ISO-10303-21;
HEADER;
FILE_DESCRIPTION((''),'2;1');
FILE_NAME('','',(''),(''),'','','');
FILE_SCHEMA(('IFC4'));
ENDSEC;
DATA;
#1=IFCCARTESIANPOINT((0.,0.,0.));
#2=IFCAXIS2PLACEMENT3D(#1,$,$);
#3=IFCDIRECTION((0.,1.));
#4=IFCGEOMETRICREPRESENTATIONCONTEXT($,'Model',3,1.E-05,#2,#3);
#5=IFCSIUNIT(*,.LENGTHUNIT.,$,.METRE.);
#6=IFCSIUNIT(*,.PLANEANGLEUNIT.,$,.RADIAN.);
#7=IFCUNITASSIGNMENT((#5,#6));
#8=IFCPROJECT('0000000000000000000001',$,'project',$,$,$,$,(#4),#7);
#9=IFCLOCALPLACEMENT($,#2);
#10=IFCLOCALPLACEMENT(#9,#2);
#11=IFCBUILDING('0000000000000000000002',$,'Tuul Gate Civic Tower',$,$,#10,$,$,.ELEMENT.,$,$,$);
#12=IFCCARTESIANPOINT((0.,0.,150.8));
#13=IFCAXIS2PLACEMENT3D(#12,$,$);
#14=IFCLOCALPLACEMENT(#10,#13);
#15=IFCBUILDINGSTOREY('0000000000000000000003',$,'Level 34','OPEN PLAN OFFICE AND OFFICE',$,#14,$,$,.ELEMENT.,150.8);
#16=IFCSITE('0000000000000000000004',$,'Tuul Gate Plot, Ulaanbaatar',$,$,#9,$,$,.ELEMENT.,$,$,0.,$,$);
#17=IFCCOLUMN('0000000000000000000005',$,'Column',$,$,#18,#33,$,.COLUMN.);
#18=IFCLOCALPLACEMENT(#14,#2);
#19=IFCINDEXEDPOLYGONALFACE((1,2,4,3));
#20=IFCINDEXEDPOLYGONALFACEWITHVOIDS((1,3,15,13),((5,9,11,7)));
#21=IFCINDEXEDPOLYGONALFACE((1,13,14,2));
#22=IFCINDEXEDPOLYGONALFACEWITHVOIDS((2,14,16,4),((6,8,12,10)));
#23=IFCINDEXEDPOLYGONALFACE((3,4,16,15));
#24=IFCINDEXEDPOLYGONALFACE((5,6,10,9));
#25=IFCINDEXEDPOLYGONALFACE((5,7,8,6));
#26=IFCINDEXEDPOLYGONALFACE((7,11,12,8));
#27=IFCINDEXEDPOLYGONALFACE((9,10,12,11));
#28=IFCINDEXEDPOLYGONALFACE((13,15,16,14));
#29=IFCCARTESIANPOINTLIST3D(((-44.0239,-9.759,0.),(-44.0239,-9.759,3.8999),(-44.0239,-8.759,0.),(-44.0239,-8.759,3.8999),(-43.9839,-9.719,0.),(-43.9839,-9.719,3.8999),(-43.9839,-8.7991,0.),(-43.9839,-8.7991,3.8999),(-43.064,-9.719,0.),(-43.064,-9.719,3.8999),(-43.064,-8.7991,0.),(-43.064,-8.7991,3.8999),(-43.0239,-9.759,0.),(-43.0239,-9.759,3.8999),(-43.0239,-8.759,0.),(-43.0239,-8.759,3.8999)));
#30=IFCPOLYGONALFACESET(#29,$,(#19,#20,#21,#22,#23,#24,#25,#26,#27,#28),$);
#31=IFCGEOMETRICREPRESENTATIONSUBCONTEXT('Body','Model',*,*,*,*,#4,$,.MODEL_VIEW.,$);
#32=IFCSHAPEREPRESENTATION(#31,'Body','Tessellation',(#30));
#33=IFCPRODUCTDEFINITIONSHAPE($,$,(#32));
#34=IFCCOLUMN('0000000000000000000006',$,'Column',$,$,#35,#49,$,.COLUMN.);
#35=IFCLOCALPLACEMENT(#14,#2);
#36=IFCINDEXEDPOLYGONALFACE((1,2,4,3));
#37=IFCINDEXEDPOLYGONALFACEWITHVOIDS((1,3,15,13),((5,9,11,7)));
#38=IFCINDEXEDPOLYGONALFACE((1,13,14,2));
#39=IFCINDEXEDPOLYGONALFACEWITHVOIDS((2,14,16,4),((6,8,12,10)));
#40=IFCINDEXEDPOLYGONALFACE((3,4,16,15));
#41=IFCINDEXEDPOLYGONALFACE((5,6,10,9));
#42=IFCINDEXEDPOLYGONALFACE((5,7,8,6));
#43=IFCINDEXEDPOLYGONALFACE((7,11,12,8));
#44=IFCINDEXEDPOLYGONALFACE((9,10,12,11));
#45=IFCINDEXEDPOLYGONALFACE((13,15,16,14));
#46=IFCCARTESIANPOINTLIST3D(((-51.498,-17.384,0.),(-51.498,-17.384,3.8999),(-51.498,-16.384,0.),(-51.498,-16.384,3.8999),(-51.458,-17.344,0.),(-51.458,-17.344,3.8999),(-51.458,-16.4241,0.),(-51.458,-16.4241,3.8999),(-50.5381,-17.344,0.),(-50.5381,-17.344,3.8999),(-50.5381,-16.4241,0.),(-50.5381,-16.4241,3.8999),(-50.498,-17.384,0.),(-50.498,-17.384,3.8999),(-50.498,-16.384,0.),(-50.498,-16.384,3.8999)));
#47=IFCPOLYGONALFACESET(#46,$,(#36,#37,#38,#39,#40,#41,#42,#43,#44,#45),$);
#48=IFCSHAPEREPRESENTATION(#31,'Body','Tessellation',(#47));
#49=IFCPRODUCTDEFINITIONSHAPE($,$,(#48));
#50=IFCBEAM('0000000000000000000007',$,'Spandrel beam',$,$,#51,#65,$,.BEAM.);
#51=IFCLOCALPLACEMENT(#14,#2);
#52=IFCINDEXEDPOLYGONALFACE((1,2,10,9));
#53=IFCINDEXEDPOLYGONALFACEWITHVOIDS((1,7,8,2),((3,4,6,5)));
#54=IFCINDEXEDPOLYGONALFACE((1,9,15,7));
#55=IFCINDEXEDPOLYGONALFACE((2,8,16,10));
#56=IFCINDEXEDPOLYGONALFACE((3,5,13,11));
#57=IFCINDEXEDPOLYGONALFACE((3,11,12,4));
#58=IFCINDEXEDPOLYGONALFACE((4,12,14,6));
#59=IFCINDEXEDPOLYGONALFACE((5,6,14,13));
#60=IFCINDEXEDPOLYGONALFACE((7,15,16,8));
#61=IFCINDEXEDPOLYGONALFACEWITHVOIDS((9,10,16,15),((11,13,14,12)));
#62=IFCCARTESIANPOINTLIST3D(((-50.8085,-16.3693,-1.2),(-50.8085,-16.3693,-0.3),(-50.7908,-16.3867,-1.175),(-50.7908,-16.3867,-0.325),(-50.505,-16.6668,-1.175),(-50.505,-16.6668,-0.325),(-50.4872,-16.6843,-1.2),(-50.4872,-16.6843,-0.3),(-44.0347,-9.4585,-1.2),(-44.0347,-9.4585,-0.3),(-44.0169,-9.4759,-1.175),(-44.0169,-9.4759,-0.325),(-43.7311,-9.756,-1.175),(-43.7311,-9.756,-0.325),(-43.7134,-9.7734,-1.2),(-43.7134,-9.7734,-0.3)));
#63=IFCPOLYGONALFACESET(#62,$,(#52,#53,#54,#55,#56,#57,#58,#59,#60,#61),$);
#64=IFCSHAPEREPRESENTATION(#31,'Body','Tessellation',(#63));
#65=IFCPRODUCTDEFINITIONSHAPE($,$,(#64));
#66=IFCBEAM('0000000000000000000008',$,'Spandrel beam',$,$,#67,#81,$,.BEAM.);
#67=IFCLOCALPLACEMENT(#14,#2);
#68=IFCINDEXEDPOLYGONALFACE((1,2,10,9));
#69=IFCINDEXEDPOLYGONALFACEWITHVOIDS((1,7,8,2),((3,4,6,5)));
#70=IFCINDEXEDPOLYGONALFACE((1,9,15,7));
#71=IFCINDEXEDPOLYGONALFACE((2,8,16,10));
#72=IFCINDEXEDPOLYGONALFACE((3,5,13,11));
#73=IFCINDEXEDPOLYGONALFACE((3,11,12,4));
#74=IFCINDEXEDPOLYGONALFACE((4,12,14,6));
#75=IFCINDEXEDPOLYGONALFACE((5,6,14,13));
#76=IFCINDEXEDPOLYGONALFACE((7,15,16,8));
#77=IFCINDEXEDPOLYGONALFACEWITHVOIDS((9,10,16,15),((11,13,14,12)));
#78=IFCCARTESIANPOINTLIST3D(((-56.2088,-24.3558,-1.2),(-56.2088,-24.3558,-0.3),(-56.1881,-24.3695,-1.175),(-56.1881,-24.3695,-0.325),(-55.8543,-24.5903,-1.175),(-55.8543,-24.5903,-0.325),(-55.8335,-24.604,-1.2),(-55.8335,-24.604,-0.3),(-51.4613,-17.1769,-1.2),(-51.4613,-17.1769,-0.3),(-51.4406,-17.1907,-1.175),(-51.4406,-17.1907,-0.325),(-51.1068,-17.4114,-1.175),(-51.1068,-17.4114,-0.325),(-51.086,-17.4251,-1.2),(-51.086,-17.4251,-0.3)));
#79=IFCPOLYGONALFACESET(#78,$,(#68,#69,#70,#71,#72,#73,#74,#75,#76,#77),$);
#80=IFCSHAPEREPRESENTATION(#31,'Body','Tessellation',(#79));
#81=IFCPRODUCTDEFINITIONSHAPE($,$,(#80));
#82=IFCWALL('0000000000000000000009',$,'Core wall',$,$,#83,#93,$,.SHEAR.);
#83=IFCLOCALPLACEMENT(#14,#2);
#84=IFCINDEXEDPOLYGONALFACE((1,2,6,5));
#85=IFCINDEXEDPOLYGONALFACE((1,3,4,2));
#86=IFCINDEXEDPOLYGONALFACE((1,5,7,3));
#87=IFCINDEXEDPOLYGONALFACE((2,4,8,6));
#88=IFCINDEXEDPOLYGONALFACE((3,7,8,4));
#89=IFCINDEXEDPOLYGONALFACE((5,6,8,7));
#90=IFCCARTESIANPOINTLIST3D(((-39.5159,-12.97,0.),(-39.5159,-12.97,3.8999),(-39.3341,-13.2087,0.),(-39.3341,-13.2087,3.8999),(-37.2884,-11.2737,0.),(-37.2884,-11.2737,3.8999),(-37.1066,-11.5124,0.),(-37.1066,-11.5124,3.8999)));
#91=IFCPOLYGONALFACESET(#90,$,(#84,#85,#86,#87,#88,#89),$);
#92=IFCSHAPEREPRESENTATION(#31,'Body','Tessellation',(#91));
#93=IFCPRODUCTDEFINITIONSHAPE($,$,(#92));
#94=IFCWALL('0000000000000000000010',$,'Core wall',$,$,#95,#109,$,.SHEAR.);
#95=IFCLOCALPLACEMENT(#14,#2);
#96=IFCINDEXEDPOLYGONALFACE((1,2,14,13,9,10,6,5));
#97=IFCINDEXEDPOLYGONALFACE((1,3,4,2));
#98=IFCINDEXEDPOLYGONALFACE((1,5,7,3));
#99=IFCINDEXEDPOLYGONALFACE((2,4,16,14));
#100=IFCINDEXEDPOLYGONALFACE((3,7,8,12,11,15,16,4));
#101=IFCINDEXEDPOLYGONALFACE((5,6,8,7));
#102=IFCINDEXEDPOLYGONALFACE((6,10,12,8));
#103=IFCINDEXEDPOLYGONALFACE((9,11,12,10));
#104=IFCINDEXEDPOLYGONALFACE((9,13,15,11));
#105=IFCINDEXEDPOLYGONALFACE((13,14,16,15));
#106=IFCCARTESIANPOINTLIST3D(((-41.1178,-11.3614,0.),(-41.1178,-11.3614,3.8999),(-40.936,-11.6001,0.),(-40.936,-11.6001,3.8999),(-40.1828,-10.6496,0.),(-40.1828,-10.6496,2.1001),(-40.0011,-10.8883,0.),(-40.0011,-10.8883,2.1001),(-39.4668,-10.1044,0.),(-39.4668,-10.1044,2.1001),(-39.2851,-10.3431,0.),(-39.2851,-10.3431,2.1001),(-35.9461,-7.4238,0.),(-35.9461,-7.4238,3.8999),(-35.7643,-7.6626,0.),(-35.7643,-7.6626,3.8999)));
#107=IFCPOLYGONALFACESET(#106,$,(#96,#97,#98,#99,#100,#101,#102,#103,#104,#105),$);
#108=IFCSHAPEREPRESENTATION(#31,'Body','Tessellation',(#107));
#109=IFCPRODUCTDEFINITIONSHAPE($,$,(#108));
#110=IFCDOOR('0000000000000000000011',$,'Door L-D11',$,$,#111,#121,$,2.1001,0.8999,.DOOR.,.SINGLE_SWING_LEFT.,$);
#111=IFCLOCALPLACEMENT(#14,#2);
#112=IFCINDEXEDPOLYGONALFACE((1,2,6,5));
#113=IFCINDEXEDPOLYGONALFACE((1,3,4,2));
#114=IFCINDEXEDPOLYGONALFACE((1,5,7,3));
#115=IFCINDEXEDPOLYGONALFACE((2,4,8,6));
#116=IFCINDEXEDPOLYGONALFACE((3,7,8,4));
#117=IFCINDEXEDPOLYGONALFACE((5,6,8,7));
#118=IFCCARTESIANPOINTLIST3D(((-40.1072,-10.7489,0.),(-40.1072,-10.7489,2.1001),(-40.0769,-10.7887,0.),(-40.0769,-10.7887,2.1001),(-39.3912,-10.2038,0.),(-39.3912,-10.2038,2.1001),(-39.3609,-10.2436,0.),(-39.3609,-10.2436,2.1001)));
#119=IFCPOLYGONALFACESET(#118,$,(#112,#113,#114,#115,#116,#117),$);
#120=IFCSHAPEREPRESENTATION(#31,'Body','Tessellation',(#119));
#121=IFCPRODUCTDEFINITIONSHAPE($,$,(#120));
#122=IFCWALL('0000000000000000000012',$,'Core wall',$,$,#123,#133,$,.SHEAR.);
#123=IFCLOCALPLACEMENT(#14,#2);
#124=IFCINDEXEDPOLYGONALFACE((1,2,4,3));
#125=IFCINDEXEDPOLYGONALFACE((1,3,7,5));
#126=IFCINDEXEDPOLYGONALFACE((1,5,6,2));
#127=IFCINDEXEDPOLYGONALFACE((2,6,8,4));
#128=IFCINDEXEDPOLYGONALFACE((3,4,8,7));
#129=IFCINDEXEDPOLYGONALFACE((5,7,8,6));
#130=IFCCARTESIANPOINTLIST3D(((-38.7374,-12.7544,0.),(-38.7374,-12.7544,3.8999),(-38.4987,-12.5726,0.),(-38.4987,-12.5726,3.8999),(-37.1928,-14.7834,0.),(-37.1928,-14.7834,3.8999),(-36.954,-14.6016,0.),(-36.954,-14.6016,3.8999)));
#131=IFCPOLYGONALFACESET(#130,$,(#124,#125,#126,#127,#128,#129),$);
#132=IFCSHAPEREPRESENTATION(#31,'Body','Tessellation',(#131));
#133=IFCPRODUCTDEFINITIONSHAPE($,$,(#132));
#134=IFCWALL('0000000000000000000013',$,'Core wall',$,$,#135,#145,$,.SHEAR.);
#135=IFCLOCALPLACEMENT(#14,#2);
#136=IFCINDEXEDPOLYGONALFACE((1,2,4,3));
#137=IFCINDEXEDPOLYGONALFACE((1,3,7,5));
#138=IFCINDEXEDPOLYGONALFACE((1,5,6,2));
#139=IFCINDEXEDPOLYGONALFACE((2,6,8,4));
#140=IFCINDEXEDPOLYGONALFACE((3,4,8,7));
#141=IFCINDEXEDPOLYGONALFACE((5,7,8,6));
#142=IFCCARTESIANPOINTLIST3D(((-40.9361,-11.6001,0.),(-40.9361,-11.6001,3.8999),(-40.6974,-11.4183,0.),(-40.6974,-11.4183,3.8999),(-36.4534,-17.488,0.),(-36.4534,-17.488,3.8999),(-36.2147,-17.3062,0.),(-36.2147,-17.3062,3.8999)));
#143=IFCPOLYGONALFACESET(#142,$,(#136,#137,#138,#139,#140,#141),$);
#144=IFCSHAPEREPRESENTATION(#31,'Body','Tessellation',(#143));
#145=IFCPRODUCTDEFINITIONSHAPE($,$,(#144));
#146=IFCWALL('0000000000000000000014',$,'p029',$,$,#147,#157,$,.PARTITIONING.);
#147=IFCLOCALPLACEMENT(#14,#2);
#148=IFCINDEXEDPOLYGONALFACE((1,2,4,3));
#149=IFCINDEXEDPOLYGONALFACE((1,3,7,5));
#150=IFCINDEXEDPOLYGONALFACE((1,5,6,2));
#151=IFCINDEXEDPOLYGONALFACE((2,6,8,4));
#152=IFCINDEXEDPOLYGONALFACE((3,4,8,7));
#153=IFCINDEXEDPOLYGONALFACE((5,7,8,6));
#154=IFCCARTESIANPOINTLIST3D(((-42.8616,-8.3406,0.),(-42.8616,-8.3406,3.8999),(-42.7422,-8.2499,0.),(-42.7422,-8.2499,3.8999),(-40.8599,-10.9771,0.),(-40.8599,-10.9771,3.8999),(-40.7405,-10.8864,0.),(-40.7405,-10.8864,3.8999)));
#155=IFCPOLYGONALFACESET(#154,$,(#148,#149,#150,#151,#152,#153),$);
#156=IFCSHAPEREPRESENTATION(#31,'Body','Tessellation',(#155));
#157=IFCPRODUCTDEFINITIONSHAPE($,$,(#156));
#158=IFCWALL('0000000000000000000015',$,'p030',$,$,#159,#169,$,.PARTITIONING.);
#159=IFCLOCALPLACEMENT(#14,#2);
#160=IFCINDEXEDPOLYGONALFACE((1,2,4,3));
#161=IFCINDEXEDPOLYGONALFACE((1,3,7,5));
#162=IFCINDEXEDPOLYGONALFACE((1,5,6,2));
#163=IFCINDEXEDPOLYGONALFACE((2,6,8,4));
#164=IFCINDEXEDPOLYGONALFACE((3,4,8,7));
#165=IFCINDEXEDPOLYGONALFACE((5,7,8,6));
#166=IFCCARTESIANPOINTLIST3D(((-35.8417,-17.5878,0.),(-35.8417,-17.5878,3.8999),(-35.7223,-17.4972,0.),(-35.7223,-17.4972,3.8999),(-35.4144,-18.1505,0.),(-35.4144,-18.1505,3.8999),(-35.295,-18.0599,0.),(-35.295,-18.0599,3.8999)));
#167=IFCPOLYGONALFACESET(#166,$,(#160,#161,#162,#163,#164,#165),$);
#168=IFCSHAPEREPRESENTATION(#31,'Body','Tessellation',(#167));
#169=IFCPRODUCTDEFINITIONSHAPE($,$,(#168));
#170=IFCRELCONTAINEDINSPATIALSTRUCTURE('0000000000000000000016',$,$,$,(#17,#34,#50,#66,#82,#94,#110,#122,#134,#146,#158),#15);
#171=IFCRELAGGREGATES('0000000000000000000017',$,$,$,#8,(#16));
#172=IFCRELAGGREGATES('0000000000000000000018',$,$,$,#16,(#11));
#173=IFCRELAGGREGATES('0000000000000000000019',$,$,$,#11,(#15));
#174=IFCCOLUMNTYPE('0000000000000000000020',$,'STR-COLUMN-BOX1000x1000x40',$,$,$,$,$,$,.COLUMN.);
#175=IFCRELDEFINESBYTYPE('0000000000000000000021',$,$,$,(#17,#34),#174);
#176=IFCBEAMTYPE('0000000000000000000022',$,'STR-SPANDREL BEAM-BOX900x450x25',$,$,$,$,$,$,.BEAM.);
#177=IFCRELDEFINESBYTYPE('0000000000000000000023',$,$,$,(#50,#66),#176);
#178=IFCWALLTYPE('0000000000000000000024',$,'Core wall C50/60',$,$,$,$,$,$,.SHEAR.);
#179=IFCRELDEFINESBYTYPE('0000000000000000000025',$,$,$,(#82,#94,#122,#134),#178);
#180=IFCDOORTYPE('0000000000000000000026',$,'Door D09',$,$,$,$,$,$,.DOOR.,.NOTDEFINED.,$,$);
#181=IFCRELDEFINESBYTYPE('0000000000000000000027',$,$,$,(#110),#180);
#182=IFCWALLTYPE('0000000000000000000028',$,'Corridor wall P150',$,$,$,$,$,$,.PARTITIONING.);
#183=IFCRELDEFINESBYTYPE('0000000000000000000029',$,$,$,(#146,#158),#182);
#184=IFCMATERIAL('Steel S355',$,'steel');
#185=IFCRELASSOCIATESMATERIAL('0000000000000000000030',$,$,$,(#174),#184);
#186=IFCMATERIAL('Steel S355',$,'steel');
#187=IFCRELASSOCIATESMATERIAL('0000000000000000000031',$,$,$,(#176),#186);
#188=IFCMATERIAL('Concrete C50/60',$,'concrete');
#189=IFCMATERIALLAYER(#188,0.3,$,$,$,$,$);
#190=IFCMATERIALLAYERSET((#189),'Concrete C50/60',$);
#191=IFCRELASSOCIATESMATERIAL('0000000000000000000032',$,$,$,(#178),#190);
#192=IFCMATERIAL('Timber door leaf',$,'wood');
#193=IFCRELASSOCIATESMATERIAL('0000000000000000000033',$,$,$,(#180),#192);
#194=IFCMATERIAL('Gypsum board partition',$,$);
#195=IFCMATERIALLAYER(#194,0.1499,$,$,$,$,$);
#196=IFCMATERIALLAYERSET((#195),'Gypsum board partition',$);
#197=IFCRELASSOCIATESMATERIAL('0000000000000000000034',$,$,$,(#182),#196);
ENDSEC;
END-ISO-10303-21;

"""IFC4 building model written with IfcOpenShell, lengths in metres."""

from ifc_helpers import new_model, si_unit, direction, frame, frame_2d, origin, origin_2d, place, context, subcontext, project, spatial, rectangle, hollow_rectangle, extrude, material, layer, layer_set, material_profile, profile_set, type_object, element, fill, save


model = new_model("IFC4")

# Units and contexts
model_context = context("Model", 3, precision=1e-05, world=origin(), true_north=direction((0.0, 1.0)))
body_context = subcontext(model_context, "Body", "Model", "MODEL_VIEW")
ifc_project = project(units=[si_unit("LENGTHUNIT", "METRE"), si_unit("PLANEANGLEUNIT", "RADIAN")], contexts=[model_context])

# Site, building, storey
site_placement = place(None, origin())
site = spatial("IfcSite", under=ifc_project, at=site_placement, Name="Tuul Gate Plot, Ulaanbaatar", CompositionType="ELEMENT", RefElevation=0.0)
building_placement = place(site_placement, origin())
building = spatial("IfcBuilding", under=site, at=building_placement, Name="Tuul Gate Civic Tower", CompositionType="ELEMENT")
storey_placement = place(building_placement, frame((0.0, 0.0, 150.8)))
storey = spatial("IfcBuildingStorey", under=building, at=storey_placement, Name="Level 34", Description="OPEN PLAN OFFICE AND OFFICE", CompositionType="ELEMENT", Elevation=150.8)

# Columns
ifc_material_1 = material(Name="Steel S355", Category="steel")
ifc_material_profile_1 = material_profile(ifc_material_1, hollow_rectangle(XDim=1.0, YDim=1.0, WallThickness=0.04, at=origin_2d()), Name="BOX1000x1000x40")
ifc_profile_set_1 = profile_set([ifc_material_profile_1], Name="Steel S355")
column_type = type_object("IfcColumnType", Name="STR-COLUMN-BOX1000x1000x40", PredefinedType="COLUMN", material=ifc_profile_set_1)
for number, where, z_axis, x_axis, name in (
    (1, (-43.5239, -9.259, 0.0), (0.0, 0.0, 1.0), (1.0, 0.0, 0.0), "Column"),
    (2, (-50.998, -16.884, 0.0), (0.0, 0.0, 1.0), (1.0, 0.0, 0.0), "Column"),
):
    element("IfcColumn", number, at=place(storey_placement, frame(where, z_axis=z_axis, x_axis=x_axis)), inside=storey, type_object=column_type, Name=name, PredefinedType="COLUMN", context=body_context, shape_type="SweptSolid", body=[
        extrude(hollow_rectangle(XDim=1.0, YDim=1.0, WallThickness=0.04, at=origin_2d()), origin(), (0.0, 0.0, 1.0), 3.8999),
    ])

# Beams
ifc_material_2 = material(Name="Steel S355", Category="steel")
ifc_material_profile_2 = material_profile(ifc_material_2, hollow_rectangle(XDim=0.45, YDim=0.8999, WallThickness=0.0249, at=origin_2d()), Name="BOX900x450x25")
ifc_profile_set_2 = profile_set([ifc_material_profile_2], Name="Steel S355")
beam_type = type_object("IfcBeamType", Name="STR-SPANDREL BEAM-BOX900x450x25", PredefinedType="BEAM", material=ifc_profile_set_2)
beam_1_placement = place(storey_placement, frame((-43.874, -9.616, -0.75), z_axis=(-0.699995, -0.714148, 0.0), x_axis=(0.714148, -0.699995, 0.0)))
element("IfcBeam", 3, at=beam_1_placement, inside=storey, type_object=beam_type, Name="Spandrel beam", PredefinedType="BEAM", context=body_context, shape_type="SweptSolid", body=[
    extrude(hollow_rectangle(XDim=0.45, YDim=0.8999, WallThickness=0.0249, at=origin_2d()), origin(), (0.0, 0.0, 1.0), 9.677),
])
beam_2_placement = place(storey_placement, frame((-51.2737, -17.301, -0.75), z_axis=(-0.551607, -0.834104, 0.0), x_axis=(0.834104, -0.551607, 0.0)))
element("IfcBeam", 4, at=beam_2_placement, inside=storey, type_object=beam_type, Name="Spandrel beam", PredefinedType="BEAM", context=body_context, shape_type="SweptSolid", body=[
    extrude(hollow_rectangle(XDim=0.45, YDim=0.8999, WallThickness=0.0249, at=origin_2d()), origin(), (0.0, 0.0, 1.0), 8.6067),
])

# Wall
ifc_material_3 = material(Name="Concrete C50/60", Category="concrete")
ifc_layer_1 = layer(ifc_material_3, 0.3)
ifc_layer_set_1 = layer_set([ifc_layer_1], Name="Concrete C50/60")
wall_type_1 = type_object("IfcWallType", Name="Core wall C50/60", PredefinedType="SHEAR", material=ifc_layer_set_1)
wall_1_placement = place(storey_placement, frame((-37.1975, -11.3931, 0.0), z_axis=(0.0, 0.0, 1.0), x_axis=(-0.795584, -0.605844, 0.0)))
element("IfcWall", 5, at=wall_1_placement, inside=storey, type_object=wall_type_1, Name="Core wall", PredefinedType="SHEAR", context=body_context, shape_type="SweptSolid", body=[
    extrude(rectangle(XDim=2.7998, YDim=0.3, at=frame_2d((1.3999, 0.0))), origin(), (0.0, 0.0, 1.0), 3.8999),
])

# Wall, opening, door
wall_2_placement = place(storey_placement, frame((-35.8552, -7.5432, 0.0), z_axis=(0.0, 0.0, 1.0), x_axis=(-0.795639, -0.605772, 0.0)))
wall_2 = element("IfcWall", 6, at=wall_2_placement, inside=storey, type_object=wall_type_1, Name="Core wall", PredefinedType="SHEAR", context=body_context, shape_type="SweptSolid", body=[
    extrude(rectangle(XDim=6.5, YDim=0.3, at=frame_2d((3.25, 0.0))), origin(), (0.0, 0.0, 1.0), 3.8999),
])
opening_1_placement = place(wall_2_placement, frame((4.425, 0.0, 0.0)))
opening_1 = element("IfcOpeningElement", 7, at=opening_1_placement, cuts=wall_2, PredefinedType="OPENING", context=body_context, shape_type="SweptSolid", body=[
    extrude(rectangle(XDim=0.8999, YDim=2.1001, at=frame_2d((0.45, 1.05))), frame((0.0, 0.1602, 0.0), z_axis=(0.0, -1.0, 0.0), x_axis=(1.0, 0.0, 0.0)), (0.0, 0.0, 1.0), 0.3201),
])
ifc_material_4 = material(Name="Timber door leaf", Category="wood")
door_type = type_object("IfcDoorType", Name="Door D09", OperationType="NOTDEFINED", PredefinedType="DOOR", material=ifc_material_4)
door_placement = place(opening_1_placement, origin())
door = element("IfcDoor", 8, at=door_placement, inside=storey, type_object=door_type, Name="Door L-D11", OperationType="SINGLE_SWING_LEFT", OverallHeight=2.1001, OverallWidth=0.8999, PredefinedType="DOOR", context=body_context, shape_type="SweptSolid", body=[
    extrude(rectangle(XDim=0.8999, YDim=2.1001, at=frame_2d((0.45, 1.05))), frame((0.0, 0.0249, 0.0), z_axis=(0.0, -1.0, 0.0), x_axis=(1.0, 0.0, 0.0)), (0.0, 0.0, 1.0), 0.05),
])
fill(opening_1, door)

# Walls
wall_3_placement = place(storey_placement, frame((-37.0735, -14.6924, 0.0), z_axis=(0.0, 0.0, 1.0), x_axis=(-0.605729, 0.795671, 0.0)))
element("IfcWall", 9, at=wall_3_placement, inside=storey, type_object=wall_type_1, Name="Core wall", PredefinedType="SHEAR", context=body_context, shape_type="SweptSolid", body=[
    extrude(rectangle(XDim=2.55, YDim=0.3, at=frame_2d((1.2749, 0.0))), origin(), (0.0, 0.0, 1.0), 3.8999),
])
wall_4_placement = place(storey_placement, frame((-36.334, -17.3972, 0.0), z_axis=(0.0, 0.0, 1.0), x_axis=(-0.605754, 0.795652, 0.0)))
element("IfcWall", 10, at=wall_4_placement, inside=storey, type_object=wall_type_1, Name="Core wall", PredefinedType="SHEAR", context=body_context, shape_type="SweptSolid", body=[
    extrude(rectangle(XDim=7.4001, YDim=0.3, at=frame_2d((3.7002, 0.0))), origin(), (0.0, 0.0, 1.0), 3.8999),
])
ifc_material_5 = material(Name="Gypsum board partition")
ifc_layer_2 = layer(ifc_material_5, 0.1499)
ifc_layer_set_2 = layer_set([ifc_layer_2], Name="Gypsum board partition")
wall_type_2 = type_object("IfcWallType", Name="Corridor wall P150", PredefinedType="PARTITIONING", material=ifc_layer_set_2)
wall_5_placement = place(storey_placement, frame((-42.802, -8.2952, 0.0), z_axis=(0.0, 0.0, 1.0), x_axis=(0.604698, -0.796455, 0.0)))
element("IfcWall", 11, at=wall_5_placement, inside=storey, type_object=wall_type_2, Name="p029", PredefinedType="PARTITIONING", context=body_context, shape_type="SweptSolid", body=[
    extrude(rectangle(XDim=3.3103, YDim=0.1499, at=frame_2d((1.6553, 0.0))), origin(), (0.0, 0.0, 1.0), 3.8999),
])
wall_6_placement = place(storey_placement, frame((-35.782, -17.5425, 0.0), z_axis=(0.0, 0.0, 1.0), x_axis=(0.604689, -0.796462, 0.0)))
element("IfcWall", 12, at=wall_6_placement, inside=storey, type_object=wall_type_2, Name="p030", PredefinedType="PARTITIONING", context=body_context, shape_type="SweptSolid", body=[
    extrude(rectangle(XDim=0.7065, YDim=0.1499, at=frame_2d((0.3533, 0.0))), origin(), (0.0, 0.0, 1.0), 3.8999),
])

save(model, "model.ifc")
